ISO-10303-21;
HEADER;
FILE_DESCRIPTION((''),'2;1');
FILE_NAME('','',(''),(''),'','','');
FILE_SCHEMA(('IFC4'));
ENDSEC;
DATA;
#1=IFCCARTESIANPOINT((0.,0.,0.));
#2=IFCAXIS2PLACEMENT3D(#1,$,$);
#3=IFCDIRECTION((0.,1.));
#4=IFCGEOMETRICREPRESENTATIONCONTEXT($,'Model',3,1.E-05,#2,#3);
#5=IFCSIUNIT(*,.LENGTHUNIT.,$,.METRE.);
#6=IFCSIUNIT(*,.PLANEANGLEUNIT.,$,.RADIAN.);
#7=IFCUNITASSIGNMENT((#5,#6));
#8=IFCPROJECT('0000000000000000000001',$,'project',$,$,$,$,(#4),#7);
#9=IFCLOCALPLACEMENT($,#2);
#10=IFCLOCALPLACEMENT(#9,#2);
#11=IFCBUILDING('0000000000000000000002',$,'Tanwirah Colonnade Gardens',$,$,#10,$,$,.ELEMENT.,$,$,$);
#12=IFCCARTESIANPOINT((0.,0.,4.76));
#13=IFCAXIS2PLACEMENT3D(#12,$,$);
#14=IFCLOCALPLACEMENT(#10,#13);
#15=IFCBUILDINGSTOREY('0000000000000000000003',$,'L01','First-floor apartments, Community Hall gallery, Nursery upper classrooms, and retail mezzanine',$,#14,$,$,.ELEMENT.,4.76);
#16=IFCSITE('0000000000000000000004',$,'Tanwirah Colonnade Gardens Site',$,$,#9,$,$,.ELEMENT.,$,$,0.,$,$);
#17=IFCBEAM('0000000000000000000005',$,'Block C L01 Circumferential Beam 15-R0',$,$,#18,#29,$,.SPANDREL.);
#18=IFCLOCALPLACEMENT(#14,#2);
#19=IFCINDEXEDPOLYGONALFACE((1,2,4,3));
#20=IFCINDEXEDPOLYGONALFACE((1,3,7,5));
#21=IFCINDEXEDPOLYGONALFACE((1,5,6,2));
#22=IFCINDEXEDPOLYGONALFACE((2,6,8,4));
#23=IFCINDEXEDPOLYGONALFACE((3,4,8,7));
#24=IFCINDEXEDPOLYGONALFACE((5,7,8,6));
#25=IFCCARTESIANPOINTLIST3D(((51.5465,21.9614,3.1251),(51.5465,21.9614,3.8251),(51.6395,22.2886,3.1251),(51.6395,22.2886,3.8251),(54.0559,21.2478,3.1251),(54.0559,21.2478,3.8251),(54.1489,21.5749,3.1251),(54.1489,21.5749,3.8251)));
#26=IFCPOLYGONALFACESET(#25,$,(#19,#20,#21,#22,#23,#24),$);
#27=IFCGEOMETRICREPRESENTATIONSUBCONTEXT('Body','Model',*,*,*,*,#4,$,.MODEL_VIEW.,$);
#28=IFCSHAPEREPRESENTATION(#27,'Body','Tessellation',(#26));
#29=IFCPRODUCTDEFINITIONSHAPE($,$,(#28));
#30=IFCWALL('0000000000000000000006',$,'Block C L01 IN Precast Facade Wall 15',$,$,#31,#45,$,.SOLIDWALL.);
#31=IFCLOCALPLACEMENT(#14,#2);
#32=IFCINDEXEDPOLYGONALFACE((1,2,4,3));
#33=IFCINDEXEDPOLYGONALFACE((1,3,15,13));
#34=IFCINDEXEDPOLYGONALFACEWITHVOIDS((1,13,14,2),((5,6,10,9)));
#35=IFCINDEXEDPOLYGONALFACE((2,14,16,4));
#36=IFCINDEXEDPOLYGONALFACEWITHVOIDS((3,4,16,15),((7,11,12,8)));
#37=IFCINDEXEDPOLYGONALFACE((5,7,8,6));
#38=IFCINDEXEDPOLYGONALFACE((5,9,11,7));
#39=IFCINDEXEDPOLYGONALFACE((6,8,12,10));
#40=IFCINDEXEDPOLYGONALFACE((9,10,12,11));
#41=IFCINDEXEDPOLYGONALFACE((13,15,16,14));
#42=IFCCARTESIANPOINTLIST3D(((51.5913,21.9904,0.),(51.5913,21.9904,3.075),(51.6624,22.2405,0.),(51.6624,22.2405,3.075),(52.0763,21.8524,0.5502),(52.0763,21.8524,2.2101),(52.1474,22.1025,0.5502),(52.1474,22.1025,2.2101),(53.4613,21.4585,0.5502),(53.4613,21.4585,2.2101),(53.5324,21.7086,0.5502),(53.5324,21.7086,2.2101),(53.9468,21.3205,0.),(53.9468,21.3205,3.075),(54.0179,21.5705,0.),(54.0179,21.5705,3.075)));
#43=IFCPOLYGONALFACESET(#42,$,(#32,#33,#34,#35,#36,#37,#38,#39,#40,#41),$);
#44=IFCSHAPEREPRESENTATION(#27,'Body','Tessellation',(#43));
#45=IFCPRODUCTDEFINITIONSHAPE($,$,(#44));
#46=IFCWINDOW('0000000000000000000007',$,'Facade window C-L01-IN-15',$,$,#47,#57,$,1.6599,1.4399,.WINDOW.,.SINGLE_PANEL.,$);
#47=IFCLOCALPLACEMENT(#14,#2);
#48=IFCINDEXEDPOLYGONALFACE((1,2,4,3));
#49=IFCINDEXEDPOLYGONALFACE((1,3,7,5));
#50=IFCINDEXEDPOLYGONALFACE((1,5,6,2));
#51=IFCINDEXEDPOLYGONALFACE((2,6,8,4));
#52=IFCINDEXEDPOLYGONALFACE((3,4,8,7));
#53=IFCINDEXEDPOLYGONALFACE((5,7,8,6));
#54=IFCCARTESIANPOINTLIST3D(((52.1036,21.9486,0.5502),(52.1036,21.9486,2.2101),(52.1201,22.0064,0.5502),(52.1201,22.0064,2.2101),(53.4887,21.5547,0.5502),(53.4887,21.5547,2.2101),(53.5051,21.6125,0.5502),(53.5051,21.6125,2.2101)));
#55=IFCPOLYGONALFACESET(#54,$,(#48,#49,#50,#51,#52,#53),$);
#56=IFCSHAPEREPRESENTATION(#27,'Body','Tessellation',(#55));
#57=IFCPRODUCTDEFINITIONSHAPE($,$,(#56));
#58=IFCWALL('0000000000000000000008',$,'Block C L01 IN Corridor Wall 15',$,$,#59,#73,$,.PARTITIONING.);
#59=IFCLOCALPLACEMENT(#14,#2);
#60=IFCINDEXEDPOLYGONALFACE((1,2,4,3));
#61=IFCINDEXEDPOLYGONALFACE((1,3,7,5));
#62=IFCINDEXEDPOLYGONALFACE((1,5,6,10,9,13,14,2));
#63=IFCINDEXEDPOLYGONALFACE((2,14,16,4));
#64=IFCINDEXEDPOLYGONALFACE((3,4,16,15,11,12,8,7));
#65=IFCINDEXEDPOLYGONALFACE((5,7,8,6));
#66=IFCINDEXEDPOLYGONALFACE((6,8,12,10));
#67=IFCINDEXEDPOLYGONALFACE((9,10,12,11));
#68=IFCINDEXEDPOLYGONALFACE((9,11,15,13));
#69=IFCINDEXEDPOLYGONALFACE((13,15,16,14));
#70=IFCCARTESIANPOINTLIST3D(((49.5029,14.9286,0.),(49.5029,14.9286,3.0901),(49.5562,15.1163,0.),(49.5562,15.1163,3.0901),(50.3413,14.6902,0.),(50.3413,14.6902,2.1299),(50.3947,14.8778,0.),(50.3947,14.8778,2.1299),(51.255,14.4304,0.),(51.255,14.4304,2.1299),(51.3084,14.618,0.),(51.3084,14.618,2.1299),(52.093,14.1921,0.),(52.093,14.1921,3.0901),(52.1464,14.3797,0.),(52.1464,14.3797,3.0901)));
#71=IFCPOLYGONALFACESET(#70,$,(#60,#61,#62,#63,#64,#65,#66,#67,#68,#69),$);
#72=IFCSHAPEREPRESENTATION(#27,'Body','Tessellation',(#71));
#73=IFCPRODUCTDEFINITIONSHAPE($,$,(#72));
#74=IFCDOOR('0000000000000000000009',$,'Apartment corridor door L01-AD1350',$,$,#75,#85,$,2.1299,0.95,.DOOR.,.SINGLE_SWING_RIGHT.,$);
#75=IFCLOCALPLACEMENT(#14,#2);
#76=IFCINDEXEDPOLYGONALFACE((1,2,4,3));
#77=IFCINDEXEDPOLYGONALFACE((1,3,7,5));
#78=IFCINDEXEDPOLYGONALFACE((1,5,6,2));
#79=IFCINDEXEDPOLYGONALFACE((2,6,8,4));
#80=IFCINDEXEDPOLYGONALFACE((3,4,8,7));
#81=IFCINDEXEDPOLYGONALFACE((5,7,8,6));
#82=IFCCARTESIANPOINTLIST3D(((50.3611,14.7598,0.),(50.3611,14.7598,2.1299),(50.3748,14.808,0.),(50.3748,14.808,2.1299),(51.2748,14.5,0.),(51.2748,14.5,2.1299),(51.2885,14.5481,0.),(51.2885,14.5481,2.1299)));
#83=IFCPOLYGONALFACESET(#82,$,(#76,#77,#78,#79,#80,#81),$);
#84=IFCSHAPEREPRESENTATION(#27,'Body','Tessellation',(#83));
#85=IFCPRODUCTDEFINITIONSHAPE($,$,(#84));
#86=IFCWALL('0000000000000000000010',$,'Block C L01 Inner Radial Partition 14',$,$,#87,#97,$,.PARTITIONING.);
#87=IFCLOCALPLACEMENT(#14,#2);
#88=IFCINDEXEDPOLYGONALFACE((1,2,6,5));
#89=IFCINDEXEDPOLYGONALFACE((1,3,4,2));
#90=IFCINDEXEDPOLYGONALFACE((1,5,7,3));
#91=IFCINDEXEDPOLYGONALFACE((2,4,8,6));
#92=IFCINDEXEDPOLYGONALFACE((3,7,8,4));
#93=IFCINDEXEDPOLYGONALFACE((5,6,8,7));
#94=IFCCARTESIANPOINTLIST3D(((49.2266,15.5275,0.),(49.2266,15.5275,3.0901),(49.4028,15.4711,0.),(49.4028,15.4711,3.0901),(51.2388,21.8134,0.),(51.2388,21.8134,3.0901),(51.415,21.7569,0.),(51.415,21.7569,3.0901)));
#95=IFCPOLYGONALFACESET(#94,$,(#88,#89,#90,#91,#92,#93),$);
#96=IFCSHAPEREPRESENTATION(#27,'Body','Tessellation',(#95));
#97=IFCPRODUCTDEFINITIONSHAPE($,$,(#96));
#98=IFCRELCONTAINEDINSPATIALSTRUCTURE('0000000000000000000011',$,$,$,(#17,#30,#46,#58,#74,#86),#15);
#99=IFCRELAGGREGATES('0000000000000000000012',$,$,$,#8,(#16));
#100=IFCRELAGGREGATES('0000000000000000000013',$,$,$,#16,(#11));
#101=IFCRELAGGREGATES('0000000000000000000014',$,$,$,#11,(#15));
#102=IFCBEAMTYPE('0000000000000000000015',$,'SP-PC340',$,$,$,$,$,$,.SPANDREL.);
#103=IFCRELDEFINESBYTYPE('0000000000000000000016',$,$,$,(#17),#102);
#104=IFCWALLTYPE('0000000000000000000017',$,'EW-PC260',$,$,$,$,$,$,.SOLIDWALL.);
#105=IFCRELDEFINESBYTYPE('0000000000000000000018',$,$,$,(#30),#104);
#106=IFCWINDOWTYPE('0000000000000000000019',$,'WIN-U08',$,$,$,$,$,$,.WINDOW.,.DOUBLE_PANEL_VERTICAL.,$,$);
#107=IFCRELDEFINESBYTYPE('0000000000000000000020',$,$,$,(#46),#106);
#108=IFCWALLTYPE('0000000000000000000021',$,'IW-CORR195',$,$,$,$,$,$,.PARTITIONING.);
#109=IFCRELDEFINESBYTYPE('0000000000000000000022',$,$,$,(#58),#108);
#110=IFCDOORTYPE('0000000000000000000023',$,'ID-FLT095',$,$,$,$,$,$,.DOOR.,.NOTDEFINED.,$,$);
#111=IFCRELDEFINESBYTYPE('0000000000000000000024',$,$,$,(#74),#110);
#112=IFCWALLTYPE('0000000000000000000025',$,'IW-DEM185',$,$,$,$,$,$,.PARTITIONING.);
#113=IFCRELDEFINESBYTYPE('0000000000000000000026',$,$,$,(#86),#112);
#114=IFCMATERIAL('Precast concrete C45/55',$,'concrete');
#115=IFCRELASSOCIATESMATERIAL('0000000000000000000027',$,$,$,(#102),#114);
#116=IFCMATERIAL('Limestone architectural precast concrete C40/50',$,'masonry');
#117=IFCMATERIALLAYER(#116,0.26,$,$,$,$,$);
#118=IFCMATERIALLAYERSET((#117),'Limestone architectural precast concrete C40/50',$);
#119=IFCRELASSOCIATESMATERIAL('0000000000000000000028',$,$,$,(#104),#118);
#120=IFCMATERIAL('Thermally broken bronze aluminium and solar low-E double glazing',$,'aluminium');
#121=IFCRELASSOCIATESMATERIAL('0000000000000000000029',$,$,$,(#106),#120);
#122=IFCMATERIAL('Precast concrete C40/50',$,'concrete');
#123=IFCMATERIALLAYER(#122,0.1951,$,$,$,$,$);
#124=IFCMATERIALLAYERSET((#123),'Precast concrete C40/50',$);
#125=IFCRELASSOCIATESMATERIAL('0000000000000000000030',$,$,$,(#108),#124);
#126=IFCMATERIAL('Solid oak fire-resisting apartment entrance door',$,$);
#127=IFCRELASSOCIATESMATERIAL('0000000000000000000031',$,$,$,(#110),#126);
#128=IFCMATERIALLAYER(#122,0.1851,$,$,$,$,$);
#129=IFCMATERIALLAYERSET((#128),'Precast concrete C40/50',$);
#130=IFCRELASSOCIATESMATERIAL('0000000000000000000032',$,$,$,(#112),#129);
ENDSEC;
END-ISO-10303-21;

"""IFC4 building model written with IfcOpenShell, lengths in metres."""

from ifc_helpers import new_model, si_unit, direction, frame, frame_2d, origin, origin_2d, place, context, subcontext, project, spatial, rectangle, extrude, material, layer, layer_set, material_profile, profile_set, type_object, element, fill, save


model = new_model("IFC4")

# Units and contexts
model_context = context("Model", 3, precision=1e-05, world=origin(), true_north=direction((0.0, 1.0)))
body_context = subcontext(model_context, "Body", "Model", "MODEL_VIEW")
ifc_project = project(units=[si_unit("LENGTHUNIT", "METRE"), si_unit("PLANEANGLEUNIT", "RADIAN")], contexts=[model_context])

# Site, building, storey
site_placement = place(None, origin())
site = spatial("IfcSite", under=ifc_project, at=site_placement, Name="Tanwirah Colonnade Gardens Site", CompositionType="ELEMENT", RefElevation=0.0)
building_placement = place(site_placement, origin())
building = spatial("IfcBuilding", under=site, at=building_placement, Name="Tanwirah Colonnade Gardens", CompositionType="ELEMENT")
storey_placement = place(building_placement, frame((0.0, 0.0, 4.76)))
storey = spatial("IfcBuildingStorey", under=building, at=storey_placement, Name="L01", Description="First-floor apartments, Community Hall gallery, Nursery upper classrooms, and retail mezzanine", CompositionType="ELEMENT", Elevation=4.76)

# Shared definitions
ifc_material_1 = material(Name="Precast concrete C45/55", Category="concrete")

# Beam
ifc_material_2 = material(Name="Precast concrete C40/50", Category="concrete")
ifc_material_profile_1 = material_profile(ifc_material_1, rectangle(XDim=0.3401, YDim=0.7, at=origin_2d()), Name="PC-SP 340x700")
ifc_profile_set_1 = profile_set([ifc_material_profile_1], Name="Precast concrete C45/55")
beam_type_1 = type_object("IfcBeamType", Name="SP-PC340", PredefinedType="SPANDREL", material=ifc_profile_set_1)
beam_1_placement = place(storey_placement, frame((51.593, 22.125, 3.4751), z_axis=(0.961859, -0.273547, 0.0), x_axis=(0.273547, 0.961859, 0.0)))
element("IfcBeam", 1, at=beam_1_placement, inside=storey, type_object=beam_type_1, Name="Block C L01 Circumferential Beam 15-R0", PredefinedType="SPANDREL", context=body_context, shape_type="SweptSolid", body=[
    extrude(rectangle(XDim=0.3401, YDim=0.7, at=origin_2d()), origin(), (0.0, 0.0, 1.0), 2.6089),
])

# Wall, opening, window
ifc_material_3 = material(Name="Limestone architectural precast concrete C40/50", Category="masonry")
ifc_layer_1 = layer(ifc_material_3, 0.26)
ifc_layer_set_1 = layer_set([ifc_layer_1], Name="Limestone architectural precast concrete C40/50")
wall_type_1 = type_object("IfcWallType", Name="EW-PC260", PredefinedType="SOLIDWALL", material=ifc_layer_set_1)
wall_1_placement = place(storey_placement, frame((51.6267, 22.1155, 0.0), z_axis=(0.0, 0.0, 1.0), x_axis=(0.961854, -0.273562, 0.0)))
wall_1 = element("IfcWall", 2, at=wall_1_placement, inside=storey, type_object=wall_type_1, Name="Block C L01 IN Precast Facade Wall 15", PredefinedType="SOLIDWALL", context=body_context, shape_type="SweptSolid", body=[
    extrude(rectangle(XDim=2.449, YDim=0.26, at=frame_2d((1.2246, 0.0))), origin(), (0.0, 0.0, 1.0), 3.075),
])
opening_1_placement = place(wall_1_placement, frame((0.5044, 0.0, 0.55)))
opening_1 = element("IfcOpeningElement", 3, at=opening_1_placement, cuts=wall_1, PredefinedType="OPENING", context=body_context, shape_type="SweptSolid", body=[
    extrude(rectangle(XDim=1.4399, YDim=1.6599, at=frame_2d((0.72, 0.8301))), frame((0.0, 0.1399, 0.0), z_axis=(0.0, -1.0, 0.0), x_axis=(1.0, 0.0, 0.0)), (0.0, 0.0, 1.0), 0.28),
])
ifc_material_4 = material(Name="Thermally broken bronze aluminium and solar low-E double glazing", Category="aluminium")
window_type = type_object("IfcWindowType", Name="WIN-U08", PartitioningType="DOUBLE_PANEL_VERTICAL", PredefinedType="WINDOW", material=ifc_material_4)
window_placement = place(opening_1_placement, origin())
window = element("IfcWindow", 4, at=window_placement, inside=storey, type_object=window_type, Name="Facade window C-L01-IN-15", OverallHeight=1.6599, OverallWidth=1.4399, PartitioningType="SINGLE_PANEL", PredefinedType="WINDOW", context=body_context, shape_type="SweptSolid", body=[
    extrude(rectangle(XDim=1.4399, YDim=1.6599, at=frame_2d((0.72, 0.8301))), frame((0.0, 0.03, 0.0), z_axis=(0.0, -1.0, 0.0), x_axis=(1.0, 0.0, 0.0)), (0.0, 0.0, 1.0), 0.0601),
])
fill(opening_1, window)

# Wall, opening, door
ifc_layer_2 = layer(ifc_material_2, 0.1951)
ifc_layer_set_2 = layer_set([ifc_layer_2], Name="Precast concrete C40/50")
wall_type_2 = type_object("IfcWallType", Name="IW-CORR195", PredefinedType="PARTITIONING", material=ifc_layer_set_2)
ifc_material_5 = material(Name="Solid oak fire-resisting apartment entrance door")
wall_2_placement = place(storey_placement, frame((49.5295, 15.0225, 0.0), z_axis=(0.0, 0.0, 1.0), x_axis=(0.961862, -0.273535, 0.0)))
wall_2 = element("IfcWall", 5, at=wall_2_placement, inside=storey, type_object=wall_type_2, Name="Block C L01 IN Corridor Wall 15", PredefinedType="PARTITIONING", context=body_context, shape_type="SweptSolid", body=[
    extrude(rectangle(XDim=2.6929, YDim=0.1951, at=frame_2d((1.3464, 0.0))), origin(), (0.0, 0.0, 1.0), 3.0901),
])
opening_2_placement = place(wall_2_placement, frame((0.8716, 0.0, 0.0)))
opening_2 = element("IfcOpeningElement", 6, at=opening_2_placement, cuts=wall_2, PredefinedType="OPENING", context=body_context, shape_type="SweptSolid", body=[
    extrude(rectangle(XDim=0.95, YDim=2.1299, at=frame_2d((0.4751, 1.0649))), frame((0.0, 0.1074, 0.0), z_axis=(0.0, -1.0, 0.0), x_axis=(1.0, 0.0, 0.0)), (0.0, 0.0, 1.0), 0.2151),
])
door_type_1 = type_object("IfcDoorType", Name="ID-FLT095", OperationType="NOTDEFINED", PredefinedType="DOOR", material=ifc_material_5)
door_1_placement = place(opening_2_placement, origin())
door_1 = element("IfcDoor", 7, at=door_1_placement, inside=storey, type_object=door_type_1, Name="Apartment corridor door L01-AD1350", OperationType="SINGLE_SWING_RIGHT", OverallHeight=2.1299, OverallWidth=0.95, PredefinedType="DOOR", context=body_context, shape_type="SweptSolid", body=[
    extrude(rectangle(XDim=0.95, YDim=2.1299, at=frame_2d((0.4751, 1.0649))), frame((0.0, 0.0249, 0.0), z_axis=(0.0, -1.0, 0.0), x_axis=(1.0, 0.0, 0.0)), (0.0, 0.0, 1.0), 0.05),
])
fill(opening_2, door_1)

# Wall
ifc_layer_3 = layer(ifc_material_2, 0.1851)
ifc_layer_set_3 = layer_set([ifc_layer_3], Name="Precast concrete C40/50")
wall_type_3 = type_object("IfcWallType", Name="IW-DEM185", PredefinedType="PARTITIONING", material=ifc_layer_set_3)
wall_3_placement = place(storey_placement, frame((51.3269, 21.7852, 0.0), z_axis=(0.0, 0.0, 1.0), x_axis=(-0.304875, -0.952392, 0.0)))
element("IfcWall", 8, at=wall_3_placement, inside=storey, type_object=wall_type_3, Name="Block C L01 Inner Radial Partition 14", PredefinedType="PARTITIONING", context=body_context, shape_type="SweptSolid", body=[
    extrude(rectangle(XDim=6.6001, YDim=0.1851, at=frame_2d((3.3, 0.0))), origin(), (0.0, 0.0, 1.0), 3.0901),
])

save(model, "model.ifc")
